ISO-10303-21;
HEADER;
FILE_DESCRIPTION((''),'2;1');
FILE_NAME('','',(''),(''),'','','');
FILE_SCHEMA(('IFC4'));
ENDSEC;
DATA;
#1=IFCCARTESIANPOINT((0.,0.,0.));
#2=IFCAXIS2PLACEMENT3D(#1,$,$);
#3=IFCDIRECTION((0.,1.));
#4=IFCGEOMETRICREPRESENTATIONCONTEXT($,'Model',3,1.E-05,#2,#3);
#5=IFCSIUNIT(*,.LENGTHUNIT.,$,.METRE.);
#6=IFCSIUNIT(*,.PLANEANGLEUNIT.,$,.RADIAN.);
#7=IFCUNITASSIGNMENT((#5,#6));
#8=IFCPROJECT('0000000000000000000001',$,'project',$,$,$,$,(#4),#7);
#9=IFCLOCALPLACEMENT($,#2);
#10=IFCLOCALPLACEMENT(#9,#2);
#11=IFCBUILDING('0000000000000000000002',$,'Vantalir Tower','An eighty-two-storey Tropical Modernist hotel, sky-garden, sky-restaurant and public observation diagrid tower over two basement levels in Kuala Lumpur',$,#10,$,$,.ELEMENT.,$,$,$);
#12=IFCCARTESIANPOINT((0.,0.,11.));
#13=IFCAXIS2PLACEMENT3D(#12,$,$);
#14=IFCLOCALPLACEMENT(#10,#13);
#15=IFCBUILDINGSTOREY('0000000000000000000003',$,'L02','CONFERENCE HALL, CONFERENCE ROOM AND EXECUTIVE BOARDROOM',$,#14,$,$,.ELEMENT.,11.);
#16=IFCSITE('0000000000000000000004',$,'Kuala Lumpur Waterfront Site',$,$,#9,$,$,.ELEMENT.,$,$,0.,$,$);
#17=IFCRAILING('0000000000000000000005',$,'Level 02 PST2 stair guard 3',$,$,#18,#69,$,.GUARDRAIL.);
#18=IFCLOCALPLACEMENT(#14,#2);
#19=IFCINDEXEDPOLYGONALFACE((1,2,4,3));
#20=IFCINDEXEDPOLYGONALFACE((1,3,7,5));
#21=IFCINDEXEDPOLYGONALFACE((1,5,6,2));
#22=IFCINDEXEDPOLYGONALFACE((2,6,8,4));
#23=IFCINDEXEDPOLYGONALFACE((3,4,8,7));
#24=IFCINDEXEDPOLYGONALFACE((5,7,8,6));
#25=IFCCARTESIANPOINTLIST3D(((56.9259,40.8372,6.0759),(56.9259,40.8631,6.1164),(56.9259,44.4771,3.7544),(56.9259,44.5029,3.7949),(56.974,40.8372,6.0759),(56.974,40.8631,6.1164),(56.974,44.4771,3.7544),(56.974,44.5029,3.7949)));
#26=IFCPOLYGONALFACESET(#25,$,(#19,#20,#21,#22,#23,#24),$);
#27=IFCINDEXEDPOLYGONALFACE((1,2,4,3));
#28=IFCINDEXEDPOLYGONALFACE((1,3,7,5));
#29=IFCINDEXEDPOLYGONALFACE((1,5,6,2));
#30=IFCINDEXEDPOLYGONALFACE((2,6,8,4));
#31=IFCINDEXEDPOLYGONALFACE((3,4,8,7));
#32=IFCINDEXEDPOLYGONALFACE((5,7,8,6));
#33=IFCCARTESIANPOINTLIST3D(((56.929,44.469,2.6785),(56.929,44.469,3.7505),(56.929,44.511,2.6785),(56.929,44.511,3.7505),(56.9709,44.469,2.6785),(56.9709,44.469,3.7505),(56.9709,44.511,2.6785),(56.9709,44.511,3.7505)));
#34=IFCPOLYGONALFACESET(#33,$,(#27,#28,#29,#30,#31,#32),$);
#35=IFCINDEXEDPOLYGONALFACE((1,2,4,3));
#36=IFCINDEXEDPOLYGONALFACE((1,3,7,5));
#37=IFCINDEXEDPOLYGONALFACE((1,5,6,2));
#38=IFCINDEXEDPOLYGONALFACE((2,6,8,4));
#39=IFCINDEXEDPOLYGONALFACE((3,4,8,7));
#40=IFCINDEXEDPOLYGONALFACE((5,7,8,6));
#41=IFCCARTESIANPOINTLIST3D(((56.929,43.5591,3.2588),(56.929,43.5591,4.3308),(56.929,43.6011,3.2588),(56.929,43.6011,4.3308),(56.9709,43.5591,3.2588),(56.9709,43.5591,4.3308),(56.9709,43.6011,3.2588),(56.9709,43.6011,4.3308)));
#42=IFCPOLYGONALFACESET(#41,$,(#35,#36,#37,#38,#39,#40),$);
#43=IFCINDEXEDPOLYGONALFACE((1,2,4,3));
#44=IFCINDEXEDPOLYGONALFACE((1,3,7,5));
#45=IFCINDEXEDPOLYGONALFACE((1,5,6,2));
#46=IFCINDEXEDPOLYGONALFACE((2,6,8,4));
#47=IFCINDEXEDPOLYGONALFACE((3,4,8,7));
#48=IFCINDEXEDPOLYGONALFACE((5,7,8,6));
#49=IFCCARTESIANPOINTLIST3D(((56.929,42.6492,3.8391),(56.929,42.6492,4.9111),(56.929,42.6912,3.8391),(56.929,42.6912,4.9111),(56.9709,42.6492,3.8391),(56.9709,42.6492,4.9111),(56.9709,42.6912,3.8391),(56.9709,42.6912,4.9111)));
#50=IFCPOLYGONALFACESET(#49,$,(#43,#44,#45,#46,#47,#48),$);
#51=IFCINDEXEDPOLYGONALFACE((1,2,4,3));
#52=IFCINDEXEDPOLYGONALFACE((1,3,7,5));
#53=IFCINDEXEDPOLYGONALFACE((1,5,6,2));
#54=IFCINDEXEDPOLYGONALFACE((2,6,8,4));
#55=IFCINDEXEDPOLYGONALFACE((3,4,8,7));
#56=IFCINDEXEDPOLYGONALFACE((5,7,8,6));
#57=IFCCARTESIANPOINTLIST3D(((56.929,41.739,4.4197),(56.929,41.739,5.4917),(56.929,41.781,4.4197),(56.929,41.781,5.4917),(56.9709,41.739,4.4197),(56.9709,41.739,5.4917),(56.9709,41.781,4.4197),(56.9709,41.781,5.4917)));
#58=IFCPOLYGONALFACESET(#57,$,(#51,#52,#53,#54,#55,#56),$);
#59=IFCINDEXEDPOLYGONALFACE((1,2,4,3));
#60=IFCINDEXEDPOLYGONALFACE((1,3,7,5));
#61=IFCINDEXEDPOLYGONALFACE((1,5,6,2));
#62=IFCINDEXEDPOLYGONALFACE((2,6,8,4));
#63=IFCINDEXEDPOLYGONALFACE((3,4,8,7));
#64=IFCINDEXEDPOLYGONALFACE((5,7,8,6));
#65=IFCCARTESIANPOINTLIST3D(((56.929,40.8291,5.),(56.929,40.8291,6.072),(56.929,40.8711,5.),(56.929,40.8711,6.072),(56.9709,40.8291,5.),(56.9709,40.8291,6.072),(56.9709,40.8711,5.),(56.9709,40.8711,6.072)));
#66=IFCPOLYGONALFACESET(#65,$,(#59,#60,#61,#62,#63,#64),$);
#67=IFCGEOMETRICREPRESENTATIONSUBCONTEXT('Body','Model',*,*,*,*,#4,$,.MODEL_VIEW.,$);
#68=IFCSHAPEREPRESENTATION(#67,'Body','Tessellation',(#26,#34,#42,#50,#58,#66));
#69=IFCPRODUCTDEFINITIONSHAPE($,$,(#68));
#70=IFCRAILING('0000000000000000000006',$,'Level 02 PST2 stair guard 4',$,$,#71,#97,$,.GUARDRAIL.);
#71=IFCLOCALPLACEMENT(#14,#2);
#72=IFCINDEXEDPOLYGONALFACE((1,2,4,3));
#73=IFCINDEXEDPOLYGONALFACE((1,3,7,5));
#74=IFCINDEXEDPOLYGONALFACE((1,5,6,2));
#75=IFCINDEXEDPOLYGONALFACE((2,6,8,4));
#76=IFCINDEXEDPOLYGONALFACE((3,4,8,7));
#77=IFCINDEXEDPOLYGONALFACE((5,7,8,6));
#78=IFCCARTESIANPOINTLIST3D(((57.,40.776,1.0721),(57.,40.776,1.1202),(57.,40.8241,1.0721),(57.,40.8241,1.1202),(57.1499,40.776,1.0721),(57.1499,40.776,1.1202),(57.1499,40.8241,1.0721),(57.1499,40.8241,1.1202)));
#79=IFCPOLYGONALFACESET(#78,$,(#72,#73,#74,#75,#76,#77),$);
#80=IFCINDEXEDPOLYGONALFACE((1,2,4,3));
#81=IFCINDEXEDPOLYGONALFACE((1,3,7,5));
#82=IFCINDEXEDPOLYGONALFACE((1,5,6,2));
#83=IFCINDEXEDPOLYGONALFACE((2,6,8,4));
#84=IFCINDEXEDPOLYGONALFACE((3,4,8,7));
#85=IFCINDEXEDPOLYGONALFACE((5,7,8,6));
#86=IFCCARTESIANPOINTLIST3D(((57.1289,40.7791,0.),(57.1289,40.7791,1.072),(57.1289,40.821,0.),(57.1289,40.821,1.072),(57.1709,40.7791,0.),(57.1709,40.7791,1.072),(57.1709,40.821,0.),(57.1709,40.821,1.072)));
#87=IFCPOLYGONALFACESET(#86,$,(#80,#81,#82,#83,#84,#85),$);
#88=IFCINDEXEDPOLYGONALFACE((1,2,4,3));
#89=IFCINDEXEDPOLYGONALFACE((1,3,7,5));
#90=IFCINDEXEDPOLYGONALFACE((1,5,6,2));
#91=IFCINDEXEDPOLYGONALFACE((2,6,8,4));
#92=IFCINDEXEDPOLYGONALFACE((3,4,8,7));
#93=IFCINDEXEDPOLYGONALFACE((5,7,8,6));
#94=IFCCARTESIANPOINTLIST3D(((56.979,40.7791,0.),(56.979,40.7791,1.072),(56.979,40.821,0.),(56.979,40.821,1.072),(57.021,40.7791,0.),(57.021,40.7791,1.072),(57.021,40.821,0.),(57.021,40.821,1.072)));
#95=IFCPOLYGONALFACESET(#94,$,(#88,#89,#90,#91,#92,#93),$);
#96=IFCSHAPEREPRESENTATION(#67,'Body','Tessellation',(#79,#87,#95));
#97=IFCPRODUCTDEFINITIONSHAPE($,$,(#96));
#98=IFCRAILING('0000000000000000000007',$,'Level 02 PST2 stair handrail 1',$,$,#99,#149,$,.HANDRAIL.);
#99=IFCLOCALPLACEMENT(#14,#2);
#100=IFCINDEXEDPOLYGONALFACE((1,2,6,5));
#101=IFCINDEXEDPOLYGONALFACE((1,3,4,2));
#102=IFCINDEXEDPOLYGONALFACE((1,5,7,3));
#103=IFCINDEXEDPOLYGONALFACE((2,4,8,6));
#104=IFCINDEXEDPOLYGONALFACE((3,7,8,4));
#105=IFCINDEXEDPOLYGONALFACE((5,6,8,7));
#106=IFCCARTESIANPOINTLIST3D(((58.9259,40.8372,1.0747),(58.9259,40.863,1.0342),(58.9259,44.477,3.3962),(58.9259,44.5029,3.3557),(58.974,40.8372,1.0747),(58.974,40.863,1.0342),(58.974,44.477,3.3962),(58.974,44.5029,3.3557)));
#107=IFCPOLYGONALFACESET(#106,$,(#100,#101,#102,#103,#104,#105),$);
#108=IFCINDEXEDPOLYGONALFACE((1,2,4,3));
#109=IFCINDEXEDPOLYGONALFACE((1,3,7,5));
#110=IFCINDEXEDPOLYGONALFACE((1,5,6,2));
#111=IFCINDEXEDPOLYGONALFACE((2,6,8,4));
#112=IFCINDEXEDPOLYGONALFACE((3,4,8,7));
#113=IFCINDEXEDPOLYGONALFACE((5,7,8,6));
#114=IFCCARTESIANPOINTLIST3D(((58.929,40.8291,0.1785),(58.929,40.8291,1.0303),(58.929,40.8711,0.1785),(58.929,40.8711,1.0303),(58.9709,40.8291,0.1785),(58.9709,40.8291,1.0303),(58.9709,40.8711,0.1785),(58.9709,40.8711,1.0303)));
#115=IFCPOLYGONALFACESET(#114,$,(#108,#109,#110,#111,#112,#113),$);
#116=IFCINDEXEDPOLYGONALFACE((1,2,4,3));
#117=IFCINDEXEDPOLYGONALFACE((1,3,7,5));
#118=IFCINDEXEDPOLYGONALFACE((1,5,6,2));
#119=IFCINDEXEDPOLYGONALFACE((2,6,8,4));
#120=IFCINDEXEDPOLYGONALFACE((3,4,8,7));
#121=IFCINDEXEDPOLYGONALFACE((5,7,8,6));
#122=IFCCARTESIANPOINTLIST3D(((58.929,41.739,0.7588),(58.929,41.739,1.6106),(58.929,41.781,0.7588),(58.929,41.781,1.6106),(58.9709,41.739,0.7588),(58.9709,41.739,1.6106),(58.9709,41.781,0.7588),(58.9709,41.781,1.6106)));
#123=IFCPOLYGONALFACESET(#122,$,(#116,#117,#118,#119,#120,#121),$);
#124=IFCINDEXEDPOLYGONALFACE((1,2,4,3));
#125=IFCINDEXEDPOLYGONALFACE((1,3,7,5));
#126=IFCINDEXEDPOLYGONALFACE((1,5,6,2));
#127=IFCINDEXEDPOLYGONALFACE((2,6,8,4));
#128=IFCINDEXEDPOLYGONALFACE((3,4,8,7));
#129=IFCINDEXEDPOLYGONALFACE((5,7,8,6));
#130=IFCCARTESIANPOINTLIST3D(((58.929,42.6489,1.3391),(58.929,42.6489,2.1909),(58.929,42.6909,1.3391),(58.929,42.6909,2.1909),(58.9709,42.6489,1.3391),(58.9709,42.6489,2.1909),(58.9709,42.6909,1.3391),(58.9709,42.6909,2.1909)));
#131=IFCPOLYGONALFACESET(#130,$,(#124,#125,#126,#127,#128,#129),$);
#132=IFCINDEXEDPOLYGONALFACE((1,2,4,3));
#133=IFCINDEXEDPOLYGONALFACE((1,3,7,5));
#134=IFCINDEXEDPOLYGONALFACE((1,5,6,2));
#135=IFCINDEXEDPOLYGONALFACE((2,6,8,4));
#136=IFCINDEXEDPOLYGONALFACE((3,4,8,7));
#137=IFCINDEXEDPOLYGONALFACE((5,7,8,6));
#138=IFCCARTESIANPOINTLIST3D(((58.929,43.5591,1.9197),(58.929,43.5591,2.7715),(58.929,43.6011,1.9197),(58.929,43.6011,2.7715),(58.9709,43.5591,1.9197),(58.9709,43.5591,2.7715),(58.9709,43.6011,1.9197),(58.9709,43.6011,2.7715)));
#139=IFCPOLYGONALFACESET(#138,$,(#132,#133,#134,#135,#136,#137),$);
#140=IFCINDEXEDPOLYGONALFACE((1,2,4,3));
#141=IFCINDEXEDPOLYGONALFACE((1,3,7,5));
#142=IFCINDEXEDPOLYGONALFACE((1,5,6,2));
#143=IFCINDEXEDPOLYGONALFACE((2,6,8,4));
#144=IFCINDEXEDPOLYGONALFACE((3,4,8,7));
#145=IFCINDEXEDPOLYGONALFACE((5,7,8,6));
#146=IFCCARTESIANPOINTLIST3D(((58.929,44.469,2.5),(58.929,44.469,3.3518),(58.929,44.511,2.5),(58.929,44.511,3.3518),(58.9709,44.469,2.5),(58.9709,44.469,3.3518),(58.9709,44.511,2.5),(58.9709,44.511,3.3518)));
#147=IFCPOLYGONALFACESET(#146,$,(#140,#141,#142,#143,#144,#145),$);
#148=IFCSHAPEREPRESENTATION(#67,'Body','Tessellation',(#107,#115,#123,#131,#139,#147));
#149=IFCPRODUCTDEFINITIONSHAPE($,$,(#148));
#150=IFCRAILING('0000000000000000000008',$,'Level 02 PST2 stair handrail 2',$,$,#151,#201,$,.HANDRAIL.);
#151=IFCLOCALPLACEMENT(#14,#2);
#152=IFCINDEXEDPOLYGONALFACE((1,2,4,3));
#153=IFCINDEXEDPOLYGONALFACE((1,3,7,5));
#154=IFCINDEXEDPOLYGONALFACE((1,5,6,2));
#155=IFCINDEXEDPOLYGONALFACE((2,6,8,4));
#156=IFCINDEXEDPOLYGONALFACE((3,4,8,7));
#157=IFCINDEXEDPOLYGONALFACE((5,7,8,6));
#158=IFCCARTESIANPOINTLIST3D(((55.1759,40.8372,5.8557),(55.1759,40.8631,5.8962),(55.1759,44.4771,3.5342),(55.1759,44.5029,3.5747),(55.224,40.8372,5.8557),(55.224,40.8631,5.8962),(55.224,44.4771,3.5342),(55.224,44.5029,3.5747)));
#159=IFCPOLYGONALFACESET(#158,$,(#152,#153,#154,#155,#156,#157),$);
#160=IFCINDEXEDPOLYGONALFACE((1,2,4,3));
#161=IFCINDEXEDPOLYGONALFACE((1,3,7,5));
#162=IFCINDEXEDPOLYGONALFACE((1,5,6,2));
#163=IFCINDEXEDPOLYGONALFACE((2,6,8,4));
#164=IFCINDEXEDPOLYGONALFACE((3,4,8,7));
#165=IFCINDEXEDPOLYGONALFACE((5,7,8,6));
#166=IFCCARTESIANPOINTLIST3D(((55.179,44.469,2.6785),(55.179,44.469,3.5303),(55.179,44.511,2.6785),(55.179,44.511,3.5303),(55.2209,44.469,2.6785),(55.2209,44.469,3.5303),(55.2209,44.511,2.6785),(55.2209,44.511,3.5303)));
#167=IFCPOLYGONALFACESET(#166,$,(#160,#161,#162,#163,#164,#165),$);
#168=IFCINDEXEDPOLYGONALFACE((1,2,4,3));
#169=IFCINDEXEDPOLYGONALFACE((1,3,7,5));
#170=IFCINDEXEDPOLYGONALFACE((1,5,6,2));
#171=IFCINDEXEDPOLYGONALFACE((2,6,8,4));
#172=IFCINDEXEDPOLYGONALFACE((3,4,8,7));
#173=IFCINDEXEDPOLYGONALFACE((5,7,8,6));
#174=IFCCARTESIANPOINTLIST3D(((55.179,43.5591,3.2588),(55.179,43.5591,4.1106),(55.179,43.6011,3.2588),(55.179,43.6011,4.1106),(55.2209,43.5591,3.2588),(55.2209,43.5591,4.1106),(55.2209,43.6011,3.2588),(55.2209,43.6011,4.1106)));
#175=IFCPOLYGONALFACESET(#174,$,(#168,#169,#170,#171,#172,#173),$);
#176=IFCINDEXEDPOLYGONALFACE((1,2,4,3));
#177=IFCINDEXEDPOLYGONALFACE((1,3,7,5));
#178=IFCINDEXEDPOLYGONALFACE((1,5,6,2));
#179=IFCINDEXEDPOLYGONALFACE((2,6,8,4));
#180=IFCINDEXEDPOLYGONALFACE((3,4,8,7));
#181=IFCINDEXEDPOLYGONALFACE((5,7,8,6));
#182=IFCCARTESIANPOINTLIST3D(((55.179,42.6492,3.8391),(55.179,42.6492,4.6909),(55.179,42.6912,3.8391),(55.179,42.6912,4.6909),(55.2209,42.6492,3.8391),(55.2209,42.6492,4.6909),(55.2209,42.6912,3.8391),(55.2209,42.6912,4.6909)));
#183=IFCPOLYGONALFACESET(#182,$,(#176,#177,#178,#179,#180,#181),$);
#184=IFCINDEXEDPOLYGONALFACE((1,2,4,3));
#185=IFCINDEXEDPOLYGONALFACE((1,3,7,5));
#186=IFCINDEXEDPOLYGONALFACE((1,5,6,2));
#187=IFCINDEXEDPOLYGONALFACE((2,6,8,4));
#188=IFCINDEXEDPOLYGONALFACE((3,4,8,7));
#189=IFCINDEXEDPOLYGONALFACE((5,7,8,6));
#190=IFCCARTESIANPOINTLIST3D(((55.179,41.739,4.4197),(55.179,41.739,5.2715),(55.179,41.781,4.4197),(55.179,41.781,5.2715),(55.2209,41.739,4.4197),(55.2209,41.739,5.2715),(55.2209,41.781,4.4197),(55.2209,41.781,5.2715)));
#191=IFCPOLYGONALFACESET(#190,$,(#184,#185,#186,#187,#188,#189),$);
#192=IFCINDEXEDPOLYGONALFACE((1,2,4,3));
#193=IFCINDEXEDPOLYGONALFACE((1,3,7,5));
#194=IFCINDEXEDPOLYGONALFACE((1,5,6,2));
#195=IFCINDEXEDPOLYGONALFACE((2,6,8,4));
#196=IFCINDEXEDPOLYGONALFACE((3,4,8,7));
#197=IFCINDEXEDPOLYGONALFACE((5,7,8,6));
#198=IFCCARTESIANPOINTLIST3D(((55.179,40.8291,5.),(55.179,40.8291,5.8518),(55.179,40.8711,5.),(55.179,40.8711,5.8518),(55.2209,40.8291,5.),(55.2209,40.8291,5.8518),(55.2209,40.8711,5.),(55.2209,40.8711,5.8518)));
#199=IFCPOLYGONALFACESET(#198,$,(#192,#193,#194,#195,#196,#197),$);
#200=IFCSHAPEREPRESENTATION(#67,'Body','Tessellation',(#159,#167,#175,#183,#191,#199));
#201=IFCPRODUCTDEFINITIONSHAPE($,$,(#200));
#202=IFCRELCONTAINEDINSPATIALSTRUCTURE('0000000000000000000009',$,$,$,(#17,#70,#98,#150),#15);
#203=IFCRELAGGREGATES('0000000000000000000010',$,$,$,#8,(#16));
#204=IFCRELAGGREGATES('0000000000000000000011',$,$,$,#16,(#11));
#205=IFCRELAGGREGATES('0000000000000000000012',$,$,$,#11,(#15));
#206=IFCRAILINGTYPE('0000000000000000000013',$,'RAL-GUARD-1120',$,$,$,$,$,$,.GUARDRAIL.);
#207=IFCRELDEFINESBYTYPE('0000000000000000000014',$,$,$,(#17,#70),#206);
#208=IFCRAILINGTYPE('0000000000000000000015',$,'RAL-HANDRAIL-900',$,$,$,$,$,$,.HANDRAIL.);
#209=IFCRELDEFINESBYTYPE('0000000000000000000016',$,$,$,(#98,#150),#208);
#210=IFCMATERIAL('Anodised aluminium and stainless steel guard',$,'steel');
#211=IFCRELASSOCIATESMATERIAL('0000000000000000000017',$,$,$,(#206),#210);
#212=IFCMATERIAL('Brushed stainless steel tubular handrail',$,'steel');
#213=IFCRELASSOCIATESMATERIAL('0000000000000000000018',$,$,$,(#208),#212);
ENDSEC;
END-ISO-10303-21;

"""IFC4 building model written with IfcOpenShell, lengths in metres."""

from ifc_helpers import new_model, si_unit, direction, frame, origin, origin_2d, place, context, subcontext, project, spatial, rectangle, extrude, material, type_object, element, save


model = new_model("IFC4")

# Units and contexts
model_context = context("Model", 3, precision=1e-05, world=origin(), true_north=direction((0.0, 1.0)))
body_context = subcontext(model_context, "Body", "Model", "MODEL_VIEW")
ifc_project = project(units=[si_unit("LENGTHUNIT", "METRE"), si_unit("PLANEANGLEUNIT", "RADIAN")], contexts=[model_context])

# Site, building, storey
site_placement = place(None, origin())
site = spatial("IfcSite", under=ifc_project, at=site_placement, Name="Kuala Lumpur Waterfront Site", CompositionType="ELEMENT", RefElevation=0.0)
building_placement = place(site_placement, origin())
building = spatial("IfcBuilding", under=site, at=building_placement, Name="Vantalir Tower", Description="An eighty-two-storey Tropical Modernist hotel, sky-garden, sky-restaurant and public observation diagrid tower over two basement levels in Kuala Lumpur", CompositionType="ELEMENT")
storey_placement = place(building_placement, frame((0.0, 0.0, 11.0)))
storey = spatial("IfcBuildingStorey", under=building, at=storey_placement, Name="L02", Description="CONFERENCE HALL, CONFERENCE ROOM AND EXECUTIVE BOARDROOM", CompositionType="ELEMENT", Elevation=11.0)

# Railings
ifc_material_1 = material(Name="Anodised aluminium and stainless steel guard", Category="steel")
railing_type_1 = type_object("IfcRailingType", Name="RAL-GUARD-1120", PredefinedType="GUARDRAIL", material=ifc_material_1)
railing_1_placement = place(storey_placement, frame((56.95, 44.49, 2.6785)))
element("IfcRailing", 1, at=railing_1_placement, inside=storey, type_object=railing_type_1, Name="Level 02 PST2 stair guard 3", PredefinedType="GUARDRAIL", context=body_context, shape_type="SweptSolid", body=[
    extrude(rectangle(XDim=0.0481, YDim=0.0481, at=origin_2d()), frame((0.0, 0.0, 1.0962), z_axis=(0.0, -0.843112, 0.537739), x_axis=(1.0, 0.0, 0.0)), (0.0, 0.0, 1.0), 4.3171),
    extrude(rectangle(XDim=0.042, YDim=0.042, at=origin_2d()), origin(), (0.0, 0.0, 1.0), 1.072),
    extrude(rectangle(XDim=0.042, YDim=0.042, at=origin_2d()), frame((0.0, -0.9099, 0.5803)), (0.0, 0.0, 1.0), 1.072),
    extrude(rectangle(XDim=0.042, YDim=0.042, at=origin_2d()), frame((0.0, -1.8198, 1.1606)), (0.0, 0.0, 1.0), 1.072),
    extrude(rectangle(XDim=0.042, YDim=0.042, at=origin_2d()), frame((0.0, -2.73, 1.7412)), (0.0, 0.0, 1.0), 1.072),
    extrude(rectangle(XDim=0.042, YDim=0.042, at=origin_2d()), frame((0.0, -3.6399, 2.3215)), (0.0, 0.0, 1.0), 1.072),
])
railing_2_placement = place(storey_placement, frame((57.1499, 40.8, 0.0)))
element("IfcRailing", 2, at=railing_2_placement, inside=storey, type_object=railing_type_1, Name="Level 02 PST2 stair guard 4", PredefinedType="GUARDRAIL", context=body_context, shape_type="SweptSolid", body=[
    extrude(rectangle(XDim=0.0481, YDim=0.0481, at=origin_2d()), frame((0.0, 0.0, 1.0962), z_axis=(-1.0, 0.0, 0.0), x_axis=(0.0, -1.0, 0.0)), (0.0, 0.0, 1.0), 0.1499),
    extrude(rectangle(XDim=0.042, YDim=0.042, at=origin_2d()), origin(), (0.0, 0.0, 1.0), 1.072),
    extrude(rectangle(XDim=0.042, YDim=0.042, at=origin_2d()), frame((-0.1499, 0.0, 0.0)), (0.0, 0.0, 1.0), 1.072),
])
ifc_material_2 = material(Name="Brushed stainless steel tubular handrail", Category="steel")
railing_type_2 = type_object("IfcRailingType", Name="RAL-HANDRAIL-900", PredefinedType="HANDRAIL", material=ifc_material_2)
railing_3_placement = place(storey_placement, frame((58.95, 40.8501, 0.1785)))
element("IfcRailing", 3, at=railing_3_placement, inside=storey, type_object=railing_type_2, Name="Level 02 PST2 stair handrail 1", PredefinedType="HANDRAIL", context=body_context, shape_type="SweptSolid", body=[
    extrude(rectangle(XDim=0.0481, YDim=0.0481, at=origin_2d()), frame((0.0, 0.0, 0.876), z_axis=(0.0, 0.843112, 0.537739), x_axis=(-1.0, 0.0, 0.0)), (0.0, 0.0, 1.0), 4.3171),
    extrude(rectangle(XDim=0.042, YDim=0.042, at=origin_2d()), origin(), (0.0, 0.0, 1.0), 0.8518),
    extrude(rectangle(XDim=0.042, YDim=0.042, at=origin_2d()), frame((0.0, 0.9099, 0.5803)), (0.0, 0.0, 1.0), 0.8518),
    extrude(rectangle(XDim=0.042, YDim=0.042, at=origin_2d()), frame((0.0, 1.8198, 1.1606)), (0.0, 0.0, 1.0), 0.8518),
    extrude(rectangle(XDim=0.042, YDim=0.042, at=origin_2d()), frame((0.0, 2.73, 1.7412)), (0.0, 0.0, 1.0), 0.8518),
    extrude(rectangle(XDim=0.042, YDim=0.042, at=origin_2d()), frame((0.0, 3.6399, 2.3215)), (0.0, 0.0, 1.0), 0.8518),
])
railing_4_placement = place(storey_placement, frame((55.2, 44.49, 2.6785)))
element("IfcRailing", 4, at=railing_4_placement, inside=storey, type_object=railing_type_2, Name="Level 02 PST2 stair handrail 2", PredefinedType="HANDRAIL", context=body_context, shape_type="SweptSolid", body=[
    extrude(rectangle(XDim=0.0481, YDim=0.0481, at=origin_2d()), frame((0.0, 0.0, 0.876), z_axis=(0.0, -0.843112, 0.537739), x_axis=(1.0, 0.0, 0.0)), (0.0, 0.0, 1.0), 4.3171),
    extrude(rectangle(XDim=0.042, YDim=0.042, at=origin_2d()), origin(), (0.0, 0.0, 1.0), 0.8518),
    extrude(rectangle(XDim=0.042, YDim=0.042, at=origin_2d()), frame((0.0, -0.9099, 0.5803)), (0.0, 0.0, 1.0), 0.8518),
    extrude(rectangle(XDim=0.042, YDim=0.042, at=origin_2d()), frame((0.0, -1.8198, 1.1606)), (0.0, 0.0, 1.0), 0.8518),
    extrude(rectangle(XDim=0.042, YDim=0.042, at=origin_2d()), frame((0.0, -2.73, 1.7412)), (0.0, 0.0, 1.0), 0.8518),
    extrude(rectangle(XDim=0.042, YDim=0.042, at=origin_2d()), frame((0.0, -3.6399, 2.3215)), (0.0, 0.0, 1.0), 0.8518),
])

save(model, "model.ifc")
